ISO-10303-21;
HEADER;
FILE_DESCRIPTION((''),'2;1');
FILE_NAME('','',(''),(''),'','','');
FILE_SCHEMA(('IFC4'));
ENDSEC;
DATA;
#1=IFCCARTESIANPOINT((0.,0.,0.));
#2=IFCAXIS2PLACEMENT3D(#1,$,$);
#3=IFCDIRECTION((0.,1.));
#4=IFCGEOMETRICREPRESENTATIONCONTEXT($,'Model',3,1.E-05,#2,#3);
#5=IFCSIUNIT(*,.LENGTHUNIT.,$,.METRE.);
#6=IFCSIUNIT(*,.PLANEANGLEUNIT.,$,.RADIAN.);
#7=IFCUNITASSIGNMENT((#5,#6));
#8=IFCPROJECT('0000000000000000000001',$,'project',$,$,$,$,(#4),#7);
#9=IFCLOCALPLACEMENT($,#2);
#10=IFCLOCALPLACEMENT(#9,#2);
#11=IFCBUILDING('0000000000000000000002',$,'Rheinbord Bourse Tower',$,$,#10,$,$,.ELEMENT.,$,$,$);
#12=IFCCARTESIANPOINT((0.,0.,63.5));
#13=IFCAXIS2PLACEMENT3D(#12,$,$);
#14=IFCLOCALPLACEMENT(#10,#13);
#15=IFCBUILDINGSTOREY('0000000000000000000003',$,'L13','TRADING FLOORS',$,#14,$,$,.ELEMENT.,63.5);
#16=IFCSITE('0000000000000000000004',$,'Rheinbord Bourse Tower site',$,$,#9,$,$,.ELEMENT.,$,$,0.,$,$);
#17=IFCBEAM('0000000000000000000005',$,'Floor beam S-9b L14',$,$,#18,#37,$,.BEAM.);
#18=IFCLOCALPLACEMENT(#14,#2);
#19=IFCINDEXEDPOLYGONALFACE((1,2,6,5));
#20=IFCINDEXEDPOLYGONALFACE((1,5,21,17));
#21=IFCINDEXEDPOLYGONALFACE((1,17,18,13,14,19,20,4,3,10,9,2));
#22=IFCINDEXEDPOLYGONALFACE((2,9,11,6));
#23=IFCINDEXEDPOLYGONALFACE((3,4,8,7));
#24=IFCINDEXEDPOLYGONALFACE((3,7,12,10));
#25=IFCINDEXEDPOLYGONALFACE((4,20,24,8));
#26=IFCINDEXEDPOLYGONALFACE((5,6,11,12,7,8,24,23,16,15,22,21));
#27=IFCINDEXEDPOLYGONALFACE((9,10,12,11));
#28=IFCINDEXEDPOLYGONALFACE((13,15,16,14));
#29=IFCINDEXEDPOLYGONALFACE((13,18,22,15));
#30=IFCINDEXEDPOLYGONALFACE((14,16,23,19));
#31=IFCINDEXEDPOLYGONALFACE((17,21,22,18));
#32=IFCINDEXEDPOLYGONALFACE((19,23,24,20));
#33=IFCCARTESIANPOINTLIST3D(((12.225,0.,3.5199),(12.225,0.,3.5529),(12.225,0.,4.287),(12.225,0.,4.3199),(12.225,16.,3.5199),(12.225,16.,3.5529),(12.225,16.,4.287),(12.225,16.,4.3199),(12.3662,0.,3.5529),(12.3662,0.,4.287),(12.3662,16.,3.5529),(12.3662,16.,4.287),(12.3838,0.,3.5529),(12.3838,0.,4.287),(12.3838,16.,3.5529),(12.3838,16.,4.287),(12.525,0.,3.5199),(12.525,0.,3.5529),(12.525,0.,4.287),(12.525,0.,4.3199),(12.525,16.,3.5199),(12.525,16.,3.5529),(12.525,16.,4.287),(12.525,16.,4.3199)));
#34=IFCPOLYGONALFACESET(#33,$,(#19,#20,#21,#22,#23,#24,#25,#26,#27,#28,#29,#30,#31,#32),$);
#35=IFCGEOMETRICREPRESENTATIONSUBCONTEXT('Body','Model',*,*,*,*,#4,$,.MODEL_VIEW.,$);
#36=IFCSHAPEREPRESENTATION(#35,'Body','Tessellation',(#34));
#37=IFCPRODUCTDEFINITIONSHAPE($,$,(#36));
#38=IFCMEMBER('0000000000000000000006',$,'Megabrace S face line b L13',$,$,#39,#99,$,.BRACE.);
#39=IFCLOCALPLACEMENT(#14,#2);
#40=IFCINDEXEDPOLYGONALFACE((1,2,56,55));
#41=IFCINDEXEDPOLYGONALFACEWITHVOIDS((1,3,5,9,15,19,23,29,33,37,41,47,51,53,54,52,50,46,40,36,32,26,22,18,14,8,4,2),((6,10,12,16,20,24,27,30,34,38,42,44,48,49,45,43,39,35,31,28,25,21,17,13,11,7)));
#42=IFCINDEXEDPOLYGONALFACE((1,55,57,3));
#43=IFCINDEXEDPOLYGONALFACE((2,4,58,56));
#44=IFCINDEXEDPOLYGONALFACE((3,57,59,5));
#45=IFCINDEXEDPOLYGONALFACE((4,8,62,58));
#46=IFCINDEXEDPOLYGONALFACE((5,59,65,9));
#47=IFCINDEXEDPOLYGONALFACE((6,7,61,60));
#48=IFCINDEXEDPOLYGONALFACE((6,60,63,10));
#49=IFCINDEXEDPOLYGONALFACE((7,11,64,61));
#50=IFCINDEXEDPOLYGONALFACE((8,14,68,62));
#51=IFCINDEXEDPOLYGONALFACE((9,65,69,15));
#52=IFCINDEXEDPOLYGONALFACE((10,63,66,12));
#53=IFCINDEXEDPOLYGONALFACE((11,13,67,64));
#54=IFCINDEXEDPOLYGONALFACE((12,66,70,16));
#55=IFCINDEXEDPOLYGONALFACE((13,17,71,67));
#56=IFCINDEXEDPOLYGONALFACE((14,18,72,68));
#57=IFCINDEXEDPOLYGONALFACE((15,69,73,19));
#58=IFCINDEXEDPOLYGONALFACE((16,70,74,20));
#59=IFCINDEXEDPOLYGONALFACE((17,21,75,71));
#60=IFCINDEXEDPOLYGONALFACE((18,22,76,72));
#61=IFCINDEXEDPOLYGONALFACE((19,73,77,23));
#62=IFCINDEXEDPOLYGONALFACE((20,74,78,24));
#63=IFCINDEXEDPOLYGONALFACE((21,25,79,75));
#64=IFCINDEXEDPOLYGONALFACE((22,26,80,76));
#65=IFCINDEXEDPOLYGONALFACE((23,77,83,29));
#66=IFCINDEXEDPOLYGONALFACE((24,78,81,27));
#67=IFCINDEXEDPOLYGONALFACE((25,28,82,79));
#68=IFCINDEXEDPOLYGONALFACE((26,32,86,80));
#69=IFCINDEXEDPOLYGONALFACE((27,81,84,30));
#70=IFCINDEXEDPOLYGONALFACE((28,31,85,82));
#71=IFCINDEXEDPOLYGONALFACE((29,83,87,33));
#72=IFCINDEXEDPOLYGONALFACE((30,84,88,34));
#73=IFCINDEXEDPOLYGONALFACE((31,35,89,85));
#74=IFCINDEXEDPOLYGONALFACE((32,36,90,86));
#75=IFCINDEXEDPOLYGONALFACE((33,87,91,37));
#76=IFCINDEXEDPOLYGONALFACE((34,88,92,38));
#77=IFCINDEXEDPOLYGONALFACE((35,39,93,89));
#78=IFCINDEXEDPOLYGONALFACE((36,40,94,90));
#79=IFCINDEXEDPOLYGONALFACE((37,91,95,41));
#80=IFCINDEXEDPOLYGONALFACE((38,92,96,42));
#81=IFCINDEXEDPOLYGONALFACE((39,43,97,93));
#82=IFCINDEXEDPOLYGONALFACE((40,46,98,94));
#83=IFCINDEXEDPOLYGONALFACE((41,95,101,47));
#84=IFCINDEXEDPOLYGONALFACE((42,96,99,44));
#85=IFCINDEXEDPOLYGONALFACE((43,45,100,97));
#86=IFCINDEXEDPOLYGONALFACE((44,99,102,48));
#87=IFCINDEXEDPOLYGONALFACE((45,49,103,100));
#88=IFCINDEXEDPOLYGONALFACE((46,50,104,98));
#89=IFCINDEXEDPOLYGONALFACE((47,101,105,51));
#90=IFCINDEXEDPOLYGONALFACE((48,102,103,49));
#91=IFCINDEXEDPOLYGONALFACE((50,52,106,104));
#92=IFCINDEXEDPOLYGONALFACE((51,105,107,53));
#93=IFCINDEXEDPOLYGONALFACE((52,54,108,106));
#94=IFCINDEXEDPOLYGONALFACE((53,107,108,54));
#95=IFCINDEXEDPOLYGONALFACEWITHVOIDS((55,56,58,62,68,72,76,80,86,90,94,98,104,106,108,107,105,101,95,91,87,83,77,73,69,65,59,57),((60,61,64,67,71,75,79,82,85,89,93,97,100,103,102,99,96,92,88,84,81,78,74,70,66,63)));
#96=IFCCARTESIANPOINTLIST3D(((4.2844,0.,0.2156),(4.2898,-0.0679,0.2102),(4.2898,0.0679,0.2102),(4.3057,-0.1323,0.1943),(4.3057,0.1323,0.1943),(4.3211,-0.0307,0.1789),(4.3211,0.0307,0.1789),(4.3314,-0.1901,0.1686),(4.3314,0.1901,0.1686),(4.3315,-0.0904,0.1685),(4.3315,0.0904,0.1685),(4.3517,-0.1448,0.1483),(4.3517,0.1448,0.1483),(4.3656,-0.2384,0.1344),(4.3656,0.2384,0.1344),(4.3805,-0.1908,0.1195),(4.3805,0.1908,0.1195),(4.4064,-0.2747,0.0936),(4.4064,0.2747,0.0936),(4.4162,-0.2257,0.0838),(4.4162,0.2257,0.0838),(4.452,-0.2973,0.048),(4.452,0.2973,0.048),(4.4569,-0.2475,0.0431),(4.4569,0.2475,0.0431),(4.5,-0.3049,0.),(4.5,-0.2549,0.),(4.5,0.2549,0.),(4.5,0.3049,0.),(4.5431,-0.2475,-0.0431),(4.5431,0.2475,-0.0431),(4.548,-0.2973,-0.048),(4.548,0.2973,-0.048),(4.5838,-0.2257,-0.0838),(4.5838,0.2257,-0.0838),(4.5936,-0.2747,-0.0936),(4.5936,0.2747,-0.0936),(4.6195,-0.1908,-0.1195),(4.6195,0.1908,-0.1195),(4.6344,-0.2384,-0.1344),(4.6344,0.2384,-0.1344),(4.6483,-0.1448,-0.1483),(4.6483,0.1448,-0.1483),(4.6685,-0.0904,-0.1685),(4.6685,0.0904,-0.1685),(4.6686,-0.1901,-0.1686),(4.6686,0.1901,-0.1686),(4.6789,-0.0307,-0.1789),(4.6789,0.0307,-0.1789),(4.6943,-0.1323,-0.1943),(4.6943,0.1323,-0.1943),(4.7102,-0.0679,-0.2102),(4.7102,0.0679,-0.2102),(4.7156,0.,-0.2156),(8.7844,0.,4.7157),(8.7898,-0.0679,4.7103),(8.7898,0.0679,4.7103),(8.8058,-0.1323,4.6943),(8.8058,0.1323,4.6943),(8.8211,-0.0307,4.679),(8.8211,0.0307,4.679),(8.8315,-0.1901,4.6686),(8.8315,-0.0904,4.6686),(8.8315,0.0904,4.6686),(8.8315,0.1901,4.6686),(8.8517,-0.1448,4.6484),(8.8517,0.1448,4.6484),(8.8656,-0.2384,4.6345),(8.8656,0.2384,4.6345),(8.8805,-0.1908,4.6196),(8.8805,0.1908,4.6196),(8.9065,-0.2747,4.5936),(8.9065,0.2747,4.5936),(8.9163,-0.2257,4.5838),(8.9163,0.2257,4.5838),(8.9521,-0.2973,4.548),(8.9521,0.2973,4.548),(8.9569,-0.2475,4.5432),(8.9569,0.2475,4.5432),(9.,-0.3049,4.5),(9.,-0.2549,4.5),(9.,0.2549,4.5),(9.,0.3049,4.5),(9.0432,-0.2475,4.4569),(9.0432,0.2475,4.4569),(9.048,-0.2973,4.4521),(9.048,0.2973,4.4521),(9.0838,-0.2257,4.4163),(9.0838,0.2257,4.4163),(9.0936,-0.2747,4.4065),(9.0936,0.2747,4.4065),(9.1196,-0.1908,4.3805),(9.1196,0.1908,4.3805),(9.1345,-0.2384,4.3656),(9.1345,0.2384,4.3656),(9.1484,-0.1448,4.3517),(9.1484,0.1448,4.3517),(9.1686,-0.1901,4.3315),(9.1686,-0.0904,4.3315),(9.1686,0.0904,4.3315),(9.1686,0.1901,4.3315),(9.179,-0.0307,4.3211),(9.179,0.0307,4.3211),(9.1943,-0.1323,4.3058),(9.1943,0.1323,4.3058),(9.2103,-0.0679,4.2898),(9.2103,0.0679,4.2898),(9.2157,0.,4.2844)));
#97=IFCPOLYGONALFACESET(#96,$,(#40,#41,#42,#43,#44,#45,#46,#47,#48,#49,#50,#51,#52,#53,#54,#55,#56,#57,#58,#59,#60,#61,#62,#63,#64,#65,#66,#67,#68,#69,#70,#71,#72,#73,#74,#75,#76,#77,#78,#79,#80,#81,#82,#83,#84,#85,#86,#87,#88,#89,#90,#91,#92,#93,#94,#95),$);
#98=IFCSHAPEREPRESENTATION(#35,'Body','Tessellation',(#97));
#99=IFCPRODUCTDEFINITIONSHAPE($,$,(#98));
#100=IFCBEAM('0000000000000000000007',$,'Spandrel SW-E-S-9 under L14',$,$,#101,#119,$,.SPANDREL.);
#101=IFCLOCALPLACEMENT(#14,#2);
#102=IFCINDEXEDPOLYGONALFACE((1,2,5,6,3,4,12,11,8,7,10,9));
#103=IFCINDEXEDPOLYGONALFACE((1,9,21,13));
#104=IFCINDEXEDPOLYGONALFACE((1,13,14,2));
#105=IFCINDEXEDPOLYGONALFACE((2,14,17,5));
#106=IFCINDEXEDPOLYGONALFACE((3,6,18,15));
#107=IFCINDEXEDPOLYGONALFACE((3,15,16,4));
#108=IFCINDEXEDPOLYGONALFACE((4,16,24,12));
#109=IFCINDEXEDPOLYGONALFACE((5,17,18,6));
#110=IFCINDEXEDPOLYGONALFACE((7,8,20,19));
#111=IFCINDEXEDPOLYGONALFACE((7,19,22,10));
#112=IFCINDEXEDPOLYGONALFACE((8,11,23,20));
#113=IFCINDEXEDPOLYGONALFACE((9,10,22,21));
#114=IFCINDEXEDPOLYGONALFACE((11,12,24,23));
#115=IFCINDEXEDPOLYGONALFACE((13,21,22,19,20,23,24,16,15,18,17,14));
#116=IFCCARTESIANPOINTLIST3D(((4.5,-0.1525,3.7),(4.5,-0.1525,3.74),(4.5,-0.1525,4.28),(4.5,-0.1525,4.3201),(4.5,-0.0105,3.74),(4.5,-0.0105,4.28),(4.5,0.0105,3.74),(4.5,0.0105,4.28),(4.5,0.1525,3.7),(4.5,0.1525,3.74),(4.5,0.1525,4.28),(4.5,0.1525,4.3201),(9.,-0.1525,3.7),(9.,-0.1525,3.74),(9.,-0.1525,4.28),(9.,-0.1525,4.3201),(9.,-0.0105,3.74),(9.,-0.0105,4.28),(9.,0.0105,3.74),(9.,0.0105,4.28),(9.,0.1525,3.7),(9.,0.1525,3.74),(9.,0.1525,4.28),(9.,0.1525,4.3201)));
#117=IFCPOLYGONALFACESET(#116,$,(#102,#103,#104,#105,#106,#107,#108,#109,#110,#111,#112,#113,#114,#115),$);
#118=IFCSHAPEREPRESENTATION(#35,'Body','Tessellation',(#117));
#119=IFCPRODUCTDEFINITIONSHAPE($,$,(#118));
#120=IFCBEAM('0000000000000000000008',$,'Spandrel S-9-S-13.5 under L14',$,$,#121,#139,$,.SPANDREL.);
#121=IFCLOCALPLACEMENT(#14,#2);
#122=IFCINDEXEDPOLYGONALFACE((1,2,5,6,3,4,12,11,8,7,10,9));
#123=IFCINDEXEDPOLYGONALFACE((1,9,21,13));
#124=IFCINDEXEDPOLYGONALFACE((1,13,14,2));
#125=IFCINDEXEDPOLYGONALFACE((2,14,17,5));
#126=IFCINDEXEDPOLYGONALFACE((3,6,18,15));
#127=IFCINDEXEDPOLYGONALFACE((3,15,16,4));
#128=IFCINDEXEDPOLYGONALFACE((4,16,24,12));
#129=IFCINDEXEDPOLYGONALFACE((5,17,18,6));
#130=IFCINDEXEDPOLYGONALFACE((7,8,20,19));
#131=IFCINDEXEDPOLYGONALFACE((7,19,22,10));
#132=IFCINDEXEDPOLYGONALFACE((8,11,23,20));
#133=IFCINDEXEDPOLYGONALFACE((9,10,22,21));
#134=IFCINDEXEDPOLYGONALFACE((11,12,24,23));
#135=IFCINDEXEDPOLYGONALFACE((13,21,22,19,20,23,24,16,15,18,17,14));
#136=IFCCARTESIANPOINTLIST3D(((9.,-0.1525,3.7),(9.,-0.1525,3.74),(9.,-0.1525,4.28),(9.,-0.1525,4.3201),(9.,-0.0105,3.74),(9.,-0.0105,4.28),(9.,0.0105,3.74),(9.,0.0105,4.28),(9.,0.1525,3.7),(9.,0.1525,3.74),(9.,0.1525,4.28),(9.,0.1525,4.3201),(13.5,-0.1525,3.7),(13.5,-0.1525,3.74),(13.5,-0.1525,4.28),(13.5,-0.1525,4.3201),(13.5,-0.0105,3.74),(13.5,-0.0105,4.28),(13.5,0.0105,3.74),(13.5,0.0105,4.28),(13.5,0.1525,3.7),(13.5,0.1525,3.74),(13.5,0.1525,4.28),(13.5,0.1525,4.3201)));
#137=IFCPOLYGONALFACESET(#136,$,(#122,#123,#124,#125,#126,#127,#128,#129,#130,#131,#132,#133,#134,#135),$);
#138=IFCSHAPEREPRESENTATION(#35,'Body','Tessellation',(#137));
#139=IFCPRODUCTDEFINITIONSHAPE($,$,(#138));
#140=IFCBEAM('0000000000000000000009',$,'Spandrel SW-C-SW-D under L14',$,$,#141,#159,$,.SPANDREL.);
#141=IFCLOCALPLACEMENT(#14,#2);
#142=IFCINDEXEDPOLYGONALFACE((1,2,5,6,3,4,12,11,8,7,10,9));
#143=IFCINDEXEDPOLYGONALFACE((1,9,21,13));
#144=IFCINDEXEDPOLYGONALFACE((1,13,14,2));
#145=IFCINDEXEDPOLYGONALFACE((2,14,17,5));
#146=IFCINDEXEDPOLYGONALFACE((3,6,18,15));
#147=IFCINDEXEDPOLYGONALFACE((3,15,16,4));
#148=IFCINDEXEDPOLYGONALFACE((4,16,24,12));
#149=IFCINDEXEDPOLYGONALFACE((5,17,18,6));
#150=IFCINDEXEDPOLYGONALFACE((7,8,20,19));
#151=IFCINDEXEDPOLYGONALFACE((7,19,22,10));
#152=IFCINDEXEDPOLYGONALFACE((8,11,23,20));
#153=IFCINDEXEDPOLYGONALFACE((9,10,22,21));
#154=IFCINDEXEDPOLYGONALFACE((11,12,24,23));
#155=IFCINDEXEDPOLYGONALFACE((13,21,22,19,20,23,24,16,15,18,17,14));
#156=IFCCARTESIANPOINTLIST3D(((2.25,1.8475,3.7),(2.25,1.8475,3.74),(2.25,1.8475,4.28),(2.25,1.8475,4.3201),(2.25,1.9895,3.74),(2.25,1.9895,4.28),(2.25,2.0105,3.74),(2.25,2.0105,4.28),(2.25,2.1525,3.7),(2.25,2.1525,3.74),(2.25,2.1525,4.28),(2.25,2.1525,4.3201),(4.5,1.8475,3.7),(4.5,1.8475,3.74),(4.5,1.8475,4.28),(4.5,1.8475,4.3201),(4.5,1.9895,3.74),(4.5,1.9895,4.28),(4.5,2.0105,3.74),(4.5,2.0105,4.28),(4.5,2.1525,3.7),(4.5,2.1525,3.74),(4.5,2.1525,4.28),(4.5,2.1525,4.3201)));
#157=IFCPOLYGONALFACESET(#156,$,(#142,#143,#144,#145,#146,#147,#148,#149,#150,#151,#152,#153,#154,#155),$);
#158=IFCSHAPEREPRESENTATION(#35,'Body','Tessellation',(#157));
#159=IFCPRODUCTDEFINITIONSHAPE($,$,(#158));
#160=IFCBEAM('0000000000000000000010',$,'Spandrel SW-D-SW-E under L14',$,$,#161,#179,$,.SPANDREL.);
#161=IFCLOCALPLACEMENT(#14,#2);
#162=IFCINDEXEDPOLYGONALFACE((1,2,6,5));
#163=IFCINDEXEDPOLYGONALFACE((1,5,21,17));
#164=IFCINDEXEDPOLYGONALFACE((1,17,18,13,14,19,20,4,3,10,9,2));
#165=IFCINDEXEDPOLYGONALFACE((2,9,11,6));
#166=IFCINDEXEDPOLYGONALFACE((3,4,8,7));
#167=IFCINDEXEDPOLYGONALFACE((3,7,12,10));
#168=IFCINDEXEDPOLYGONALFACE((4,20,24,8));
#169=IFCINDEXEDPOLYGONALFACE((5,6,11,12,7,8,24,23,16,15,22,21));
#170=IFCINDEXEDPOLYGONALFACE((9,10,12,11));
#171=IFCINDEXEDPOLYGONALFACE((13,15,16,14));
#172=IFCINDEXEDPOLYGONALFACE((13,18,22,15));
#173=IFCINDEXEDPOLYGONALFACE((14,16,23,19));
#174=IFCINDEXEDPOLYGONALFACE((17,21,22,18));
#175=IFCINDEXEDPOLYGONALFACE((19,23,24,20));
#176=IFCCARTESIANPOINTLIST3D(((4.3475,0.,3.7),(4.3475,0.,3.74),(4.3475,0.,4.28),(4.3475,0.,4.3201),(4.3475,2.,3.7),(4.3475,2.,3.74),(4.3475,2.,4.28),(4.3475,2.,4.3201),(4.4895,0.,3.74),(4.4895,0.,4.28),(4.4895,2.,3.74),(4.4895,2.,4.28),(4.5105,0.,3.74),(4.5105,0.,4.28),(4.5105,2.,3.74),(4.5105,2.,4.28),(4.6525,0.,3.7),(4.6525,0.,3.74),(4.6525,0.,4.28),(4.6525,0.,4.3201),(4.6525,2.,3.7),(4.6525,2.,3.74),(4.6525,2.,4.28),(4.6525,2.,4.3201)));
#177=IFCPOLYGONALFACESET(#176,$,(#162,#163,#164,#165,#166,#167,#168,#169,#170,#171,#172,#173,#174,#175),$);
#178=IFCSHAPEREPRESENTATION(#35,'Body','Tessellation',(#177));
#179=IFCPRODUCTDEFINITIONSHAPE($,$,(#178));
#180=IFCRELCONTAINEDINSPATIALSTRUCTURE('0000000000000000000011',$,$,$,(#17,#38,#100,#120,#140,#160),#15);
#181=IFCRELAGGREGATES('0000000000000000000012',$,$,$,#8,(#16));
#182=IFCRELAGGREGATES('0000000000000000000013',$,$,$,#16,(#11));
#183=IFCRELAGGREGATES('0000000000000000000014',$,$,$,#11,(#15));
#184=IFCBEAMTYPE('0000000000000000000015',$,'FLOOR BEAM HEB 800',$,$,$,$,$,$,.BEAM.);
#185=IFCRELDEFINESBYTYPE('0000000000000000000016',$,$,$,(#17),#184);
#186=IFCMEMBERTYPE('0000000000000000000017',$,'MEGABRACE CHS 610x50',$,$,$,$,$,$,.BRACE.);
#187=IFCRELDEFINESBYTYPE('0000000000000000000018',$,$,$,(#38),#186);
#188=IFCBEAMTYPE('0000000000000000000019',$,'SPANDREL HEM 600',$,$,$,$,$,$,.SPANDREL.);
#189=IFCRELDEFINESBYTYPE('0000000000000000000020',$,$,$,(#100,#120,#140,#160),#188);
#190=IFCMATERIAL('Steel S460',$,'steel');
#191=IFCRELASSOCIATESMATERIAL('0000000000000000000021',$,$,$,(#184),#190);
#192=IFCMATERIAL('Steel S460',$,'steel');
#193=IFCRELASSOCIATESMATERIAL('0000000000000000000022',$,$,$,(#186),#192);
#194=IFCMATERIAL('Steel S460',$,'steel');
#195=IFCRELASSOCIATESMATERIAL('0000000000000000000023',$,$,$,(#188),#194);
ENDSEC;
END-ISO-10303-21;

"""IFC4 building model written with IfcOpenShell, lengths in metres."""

from ifc_helpers import new_model, si_unit, direction, frame, origin, origin_2d, place, context, subcontext, project, spatial, hollow_circle, i_section, extrude, material, material_profile, profile_set, type_object, element, save


model = new_model("IFC4")

# Units and contexts
model_context = context("Model", 3, precision=1e-05, world=origin(), true_north=direction((0.0, 1.0)))
body_context = subcontext(model_context, "Body", "Model", "MODEL_VIEW")
ifc_project = project(units=[si_unit("LENGTHUNIT", "METRE"), si_unit("PLANEANGLEUNIT", "RADIAN")], contexts=[model_context])

# Site, building, storey
site_placement = place(None, origin())
site = spatial("IfcSite", under=ifc_project, at=site_placement, Name="Rheinbord Bourse Tower site", CompositionType="ELEMENT", RefElevation=0.0)
building_placement = place(site_placement, origin())
building = spatial("IfcBuilding", under=site, at=building_placement, Name="Rheinbord Bourse Tower", CompositionType="ELEMENT")
storey_placement = place(building_placement, frame((0.0, 0.0, 63.5)))
storey = spatial("IfcBuildingStorey", under=building, at=storey_placement, Name="L13", Description="TRADING FLOORS", CompositionType="ELEMENT", Elevation=63.5)

# Beam
ifc_material_1 = material(Name="Steel S460", Category="steel")
ifc_material_profile_1 = material_profile(ifc_material_1, i_section(OverallWidth=0.3, OverallDepth=0.8, WebThickness=0.0176, FlangeThickness=0.033, at=origin_2d()), Name="HEB 800")
ifc_profile_set_1 = profile_set([ifc_material_profile_1], Name="Steel S460")
beam_type_1 = type_object("IfcBeamType", Name="FLOOR BEAM HEB 800", PredefinedType="BEAM", material=ifc_profile_set_1)
for number, where, z_axis, x_axis, name in (
    (1, (12.375, 0.0, 3.9199), (0.0, 1.0, 0.0), (-1.0, 0.0, 0.0), "Floor beam S-9b L14"),
):
    element("IfcBeam", number, at=place(storey_placement, frame(where, z_axis=z_axis, x_axis=x_axis)), inside=storey, type_object=beam_type_1, Name=name, PredefinedType="BEAM", context=body_context, shape_type="SweptSolid", body=[
        extrude(i_section(OverallWidth=0.3, OverallDepth=0.8, WebThickness=0.0176, FlangeThickness=0.033, at=origin_2d()), origin(), (0.0, 0.0, 1.0), 16.0),
    ])

# Member
ifc_material_2 = material(Name="Steel S460", Category="steel")
ifc_material_profile_2 = material_profile(ifc_material_2, hollow_circle(Radius=0.3049, WallThickness=0.05, at=origin_2d()), Name="CHS 610x50")
ifc_profile_set_2 = profile_set([ifc_material_profile_2], Name="Steel S460")
member_type_1 = type_object("IfcMemberType", Name="MEGABRACE CHS 610x50", PredefinedType="BRACE", material=ifc_profile_set_2)
member_1_placement = place(storey_placement, frame((4.5, 0.0, 0.0), z_axis=(0.707107, 0.0, 0.707107), x_axis=(0.0, 1.0, 0.0)))
element("IfcMember", 2, at=member_1_placement, inside=storey, type_object=member_type_1, Name="Megabrace S face line b L13", PredefinedType="BRACE", context=body_context, shape_type="SweptSolid", body=[
    extrude(hollow_circle(Radius=0.3049, WallThickness=0.05, at=origin_2d()), origin(), (0.0, 0.0, 1.0), 6.364),
])

# Beams
ifc_material_3 = material(Name="Steel S460", Category="steel")
ifc_material_profile_3 = material_profile(ifc_material_3, i_section(OverallWidth=0.3049, OverallDepth=0.6201, WebThickness=0.021, FlangeThickness=0.04, at=origin_2d()), Name="HEM 600")
ifc_profile_set_3 = profile_set([ifc_material_profile_3], Name="Steel S460")
beam_type_2 = type_object("IfcBeamType", Name="SPANDREL HEM 600", PredefinedType="SPANDREL", material=ifc_profile_set_3)
for number, where, z_axis, x_axis, name in (
    (3, (4.5, 0.0, 4.01), (1.0, 0.0, 0.0), (0.0, 1.0, 0.0), "Spandrel SW-E-S-9 under L14"),
    (4, (9.0, 0.0, 4.01), (1.0, 0.0, 0.0), (0.0, 1.0, 0.0), "Spandrel S-9-S-13.5 under L14"),
):
    element("IfcBeam", number, at=place(storey_placement, frame(where, z_axis=z_axis, x_axis=x_axis)), inside=storey, type_object=beam_type_2, Name=name, PredefinedType="SPANDREL", context=body_context, shape_type="SweptSolid", body=[
        extrude(i_section(OverallWidth=0.3049, OverallDepth=0.6201, WebThickness=0.021, FlangeThickness=0.04, at=origin_2d()), origin(), (0.0, 0.0, 1.0), 4.5),
    ])
beam_1_placement = place(storey_placement, frame((2.25, 2.0, 4.01), z_axis=(1.0, 0.0, 0.0), x_axis=(0.0, 1.0, 0.0)))
element("IfcBeam", 5, at=beam_1_placement, inside=storey, type_object=beam_type_2, Name="Spandrel SW-C-SW-D under L14", PredefinedType="SPANDREL", context=body_context, shape_type="SweptSolid", body=[
    extrude(i_section(OverallWidth=0.3049, OverallDepth=0.6201, WebThickness=0.021, FlangeThickness=0.04, at=origin_2d()), origin(), (0.0, 0.0, 1.0), 2.25),
])
beam_2_placement = place(storey_placement, frame((4.5, 2.0, 4.01), z_axis=(0.0, -1.0, 0.0), x_axis=(1.0, 0.0, 0.0)))
element("IfcBeam", 6, at=beam_2_placement, inside=storey, type_object=beam_type_2, Name="Spandrel SW-D-SW-E under L14", PredefinedType="SPANDREL", context=body_context, shape_type="SweptSolid", body=[
    extrude(i_section(OverallWidth=0.3049, OverallDepth=0.6201, WebThickness=0.021, FlangeThickness=0.04, at=origin_2d()), origin(), (0.0, 0.0, 1.0), 2.0),
])

save(model, "model.ifc")
